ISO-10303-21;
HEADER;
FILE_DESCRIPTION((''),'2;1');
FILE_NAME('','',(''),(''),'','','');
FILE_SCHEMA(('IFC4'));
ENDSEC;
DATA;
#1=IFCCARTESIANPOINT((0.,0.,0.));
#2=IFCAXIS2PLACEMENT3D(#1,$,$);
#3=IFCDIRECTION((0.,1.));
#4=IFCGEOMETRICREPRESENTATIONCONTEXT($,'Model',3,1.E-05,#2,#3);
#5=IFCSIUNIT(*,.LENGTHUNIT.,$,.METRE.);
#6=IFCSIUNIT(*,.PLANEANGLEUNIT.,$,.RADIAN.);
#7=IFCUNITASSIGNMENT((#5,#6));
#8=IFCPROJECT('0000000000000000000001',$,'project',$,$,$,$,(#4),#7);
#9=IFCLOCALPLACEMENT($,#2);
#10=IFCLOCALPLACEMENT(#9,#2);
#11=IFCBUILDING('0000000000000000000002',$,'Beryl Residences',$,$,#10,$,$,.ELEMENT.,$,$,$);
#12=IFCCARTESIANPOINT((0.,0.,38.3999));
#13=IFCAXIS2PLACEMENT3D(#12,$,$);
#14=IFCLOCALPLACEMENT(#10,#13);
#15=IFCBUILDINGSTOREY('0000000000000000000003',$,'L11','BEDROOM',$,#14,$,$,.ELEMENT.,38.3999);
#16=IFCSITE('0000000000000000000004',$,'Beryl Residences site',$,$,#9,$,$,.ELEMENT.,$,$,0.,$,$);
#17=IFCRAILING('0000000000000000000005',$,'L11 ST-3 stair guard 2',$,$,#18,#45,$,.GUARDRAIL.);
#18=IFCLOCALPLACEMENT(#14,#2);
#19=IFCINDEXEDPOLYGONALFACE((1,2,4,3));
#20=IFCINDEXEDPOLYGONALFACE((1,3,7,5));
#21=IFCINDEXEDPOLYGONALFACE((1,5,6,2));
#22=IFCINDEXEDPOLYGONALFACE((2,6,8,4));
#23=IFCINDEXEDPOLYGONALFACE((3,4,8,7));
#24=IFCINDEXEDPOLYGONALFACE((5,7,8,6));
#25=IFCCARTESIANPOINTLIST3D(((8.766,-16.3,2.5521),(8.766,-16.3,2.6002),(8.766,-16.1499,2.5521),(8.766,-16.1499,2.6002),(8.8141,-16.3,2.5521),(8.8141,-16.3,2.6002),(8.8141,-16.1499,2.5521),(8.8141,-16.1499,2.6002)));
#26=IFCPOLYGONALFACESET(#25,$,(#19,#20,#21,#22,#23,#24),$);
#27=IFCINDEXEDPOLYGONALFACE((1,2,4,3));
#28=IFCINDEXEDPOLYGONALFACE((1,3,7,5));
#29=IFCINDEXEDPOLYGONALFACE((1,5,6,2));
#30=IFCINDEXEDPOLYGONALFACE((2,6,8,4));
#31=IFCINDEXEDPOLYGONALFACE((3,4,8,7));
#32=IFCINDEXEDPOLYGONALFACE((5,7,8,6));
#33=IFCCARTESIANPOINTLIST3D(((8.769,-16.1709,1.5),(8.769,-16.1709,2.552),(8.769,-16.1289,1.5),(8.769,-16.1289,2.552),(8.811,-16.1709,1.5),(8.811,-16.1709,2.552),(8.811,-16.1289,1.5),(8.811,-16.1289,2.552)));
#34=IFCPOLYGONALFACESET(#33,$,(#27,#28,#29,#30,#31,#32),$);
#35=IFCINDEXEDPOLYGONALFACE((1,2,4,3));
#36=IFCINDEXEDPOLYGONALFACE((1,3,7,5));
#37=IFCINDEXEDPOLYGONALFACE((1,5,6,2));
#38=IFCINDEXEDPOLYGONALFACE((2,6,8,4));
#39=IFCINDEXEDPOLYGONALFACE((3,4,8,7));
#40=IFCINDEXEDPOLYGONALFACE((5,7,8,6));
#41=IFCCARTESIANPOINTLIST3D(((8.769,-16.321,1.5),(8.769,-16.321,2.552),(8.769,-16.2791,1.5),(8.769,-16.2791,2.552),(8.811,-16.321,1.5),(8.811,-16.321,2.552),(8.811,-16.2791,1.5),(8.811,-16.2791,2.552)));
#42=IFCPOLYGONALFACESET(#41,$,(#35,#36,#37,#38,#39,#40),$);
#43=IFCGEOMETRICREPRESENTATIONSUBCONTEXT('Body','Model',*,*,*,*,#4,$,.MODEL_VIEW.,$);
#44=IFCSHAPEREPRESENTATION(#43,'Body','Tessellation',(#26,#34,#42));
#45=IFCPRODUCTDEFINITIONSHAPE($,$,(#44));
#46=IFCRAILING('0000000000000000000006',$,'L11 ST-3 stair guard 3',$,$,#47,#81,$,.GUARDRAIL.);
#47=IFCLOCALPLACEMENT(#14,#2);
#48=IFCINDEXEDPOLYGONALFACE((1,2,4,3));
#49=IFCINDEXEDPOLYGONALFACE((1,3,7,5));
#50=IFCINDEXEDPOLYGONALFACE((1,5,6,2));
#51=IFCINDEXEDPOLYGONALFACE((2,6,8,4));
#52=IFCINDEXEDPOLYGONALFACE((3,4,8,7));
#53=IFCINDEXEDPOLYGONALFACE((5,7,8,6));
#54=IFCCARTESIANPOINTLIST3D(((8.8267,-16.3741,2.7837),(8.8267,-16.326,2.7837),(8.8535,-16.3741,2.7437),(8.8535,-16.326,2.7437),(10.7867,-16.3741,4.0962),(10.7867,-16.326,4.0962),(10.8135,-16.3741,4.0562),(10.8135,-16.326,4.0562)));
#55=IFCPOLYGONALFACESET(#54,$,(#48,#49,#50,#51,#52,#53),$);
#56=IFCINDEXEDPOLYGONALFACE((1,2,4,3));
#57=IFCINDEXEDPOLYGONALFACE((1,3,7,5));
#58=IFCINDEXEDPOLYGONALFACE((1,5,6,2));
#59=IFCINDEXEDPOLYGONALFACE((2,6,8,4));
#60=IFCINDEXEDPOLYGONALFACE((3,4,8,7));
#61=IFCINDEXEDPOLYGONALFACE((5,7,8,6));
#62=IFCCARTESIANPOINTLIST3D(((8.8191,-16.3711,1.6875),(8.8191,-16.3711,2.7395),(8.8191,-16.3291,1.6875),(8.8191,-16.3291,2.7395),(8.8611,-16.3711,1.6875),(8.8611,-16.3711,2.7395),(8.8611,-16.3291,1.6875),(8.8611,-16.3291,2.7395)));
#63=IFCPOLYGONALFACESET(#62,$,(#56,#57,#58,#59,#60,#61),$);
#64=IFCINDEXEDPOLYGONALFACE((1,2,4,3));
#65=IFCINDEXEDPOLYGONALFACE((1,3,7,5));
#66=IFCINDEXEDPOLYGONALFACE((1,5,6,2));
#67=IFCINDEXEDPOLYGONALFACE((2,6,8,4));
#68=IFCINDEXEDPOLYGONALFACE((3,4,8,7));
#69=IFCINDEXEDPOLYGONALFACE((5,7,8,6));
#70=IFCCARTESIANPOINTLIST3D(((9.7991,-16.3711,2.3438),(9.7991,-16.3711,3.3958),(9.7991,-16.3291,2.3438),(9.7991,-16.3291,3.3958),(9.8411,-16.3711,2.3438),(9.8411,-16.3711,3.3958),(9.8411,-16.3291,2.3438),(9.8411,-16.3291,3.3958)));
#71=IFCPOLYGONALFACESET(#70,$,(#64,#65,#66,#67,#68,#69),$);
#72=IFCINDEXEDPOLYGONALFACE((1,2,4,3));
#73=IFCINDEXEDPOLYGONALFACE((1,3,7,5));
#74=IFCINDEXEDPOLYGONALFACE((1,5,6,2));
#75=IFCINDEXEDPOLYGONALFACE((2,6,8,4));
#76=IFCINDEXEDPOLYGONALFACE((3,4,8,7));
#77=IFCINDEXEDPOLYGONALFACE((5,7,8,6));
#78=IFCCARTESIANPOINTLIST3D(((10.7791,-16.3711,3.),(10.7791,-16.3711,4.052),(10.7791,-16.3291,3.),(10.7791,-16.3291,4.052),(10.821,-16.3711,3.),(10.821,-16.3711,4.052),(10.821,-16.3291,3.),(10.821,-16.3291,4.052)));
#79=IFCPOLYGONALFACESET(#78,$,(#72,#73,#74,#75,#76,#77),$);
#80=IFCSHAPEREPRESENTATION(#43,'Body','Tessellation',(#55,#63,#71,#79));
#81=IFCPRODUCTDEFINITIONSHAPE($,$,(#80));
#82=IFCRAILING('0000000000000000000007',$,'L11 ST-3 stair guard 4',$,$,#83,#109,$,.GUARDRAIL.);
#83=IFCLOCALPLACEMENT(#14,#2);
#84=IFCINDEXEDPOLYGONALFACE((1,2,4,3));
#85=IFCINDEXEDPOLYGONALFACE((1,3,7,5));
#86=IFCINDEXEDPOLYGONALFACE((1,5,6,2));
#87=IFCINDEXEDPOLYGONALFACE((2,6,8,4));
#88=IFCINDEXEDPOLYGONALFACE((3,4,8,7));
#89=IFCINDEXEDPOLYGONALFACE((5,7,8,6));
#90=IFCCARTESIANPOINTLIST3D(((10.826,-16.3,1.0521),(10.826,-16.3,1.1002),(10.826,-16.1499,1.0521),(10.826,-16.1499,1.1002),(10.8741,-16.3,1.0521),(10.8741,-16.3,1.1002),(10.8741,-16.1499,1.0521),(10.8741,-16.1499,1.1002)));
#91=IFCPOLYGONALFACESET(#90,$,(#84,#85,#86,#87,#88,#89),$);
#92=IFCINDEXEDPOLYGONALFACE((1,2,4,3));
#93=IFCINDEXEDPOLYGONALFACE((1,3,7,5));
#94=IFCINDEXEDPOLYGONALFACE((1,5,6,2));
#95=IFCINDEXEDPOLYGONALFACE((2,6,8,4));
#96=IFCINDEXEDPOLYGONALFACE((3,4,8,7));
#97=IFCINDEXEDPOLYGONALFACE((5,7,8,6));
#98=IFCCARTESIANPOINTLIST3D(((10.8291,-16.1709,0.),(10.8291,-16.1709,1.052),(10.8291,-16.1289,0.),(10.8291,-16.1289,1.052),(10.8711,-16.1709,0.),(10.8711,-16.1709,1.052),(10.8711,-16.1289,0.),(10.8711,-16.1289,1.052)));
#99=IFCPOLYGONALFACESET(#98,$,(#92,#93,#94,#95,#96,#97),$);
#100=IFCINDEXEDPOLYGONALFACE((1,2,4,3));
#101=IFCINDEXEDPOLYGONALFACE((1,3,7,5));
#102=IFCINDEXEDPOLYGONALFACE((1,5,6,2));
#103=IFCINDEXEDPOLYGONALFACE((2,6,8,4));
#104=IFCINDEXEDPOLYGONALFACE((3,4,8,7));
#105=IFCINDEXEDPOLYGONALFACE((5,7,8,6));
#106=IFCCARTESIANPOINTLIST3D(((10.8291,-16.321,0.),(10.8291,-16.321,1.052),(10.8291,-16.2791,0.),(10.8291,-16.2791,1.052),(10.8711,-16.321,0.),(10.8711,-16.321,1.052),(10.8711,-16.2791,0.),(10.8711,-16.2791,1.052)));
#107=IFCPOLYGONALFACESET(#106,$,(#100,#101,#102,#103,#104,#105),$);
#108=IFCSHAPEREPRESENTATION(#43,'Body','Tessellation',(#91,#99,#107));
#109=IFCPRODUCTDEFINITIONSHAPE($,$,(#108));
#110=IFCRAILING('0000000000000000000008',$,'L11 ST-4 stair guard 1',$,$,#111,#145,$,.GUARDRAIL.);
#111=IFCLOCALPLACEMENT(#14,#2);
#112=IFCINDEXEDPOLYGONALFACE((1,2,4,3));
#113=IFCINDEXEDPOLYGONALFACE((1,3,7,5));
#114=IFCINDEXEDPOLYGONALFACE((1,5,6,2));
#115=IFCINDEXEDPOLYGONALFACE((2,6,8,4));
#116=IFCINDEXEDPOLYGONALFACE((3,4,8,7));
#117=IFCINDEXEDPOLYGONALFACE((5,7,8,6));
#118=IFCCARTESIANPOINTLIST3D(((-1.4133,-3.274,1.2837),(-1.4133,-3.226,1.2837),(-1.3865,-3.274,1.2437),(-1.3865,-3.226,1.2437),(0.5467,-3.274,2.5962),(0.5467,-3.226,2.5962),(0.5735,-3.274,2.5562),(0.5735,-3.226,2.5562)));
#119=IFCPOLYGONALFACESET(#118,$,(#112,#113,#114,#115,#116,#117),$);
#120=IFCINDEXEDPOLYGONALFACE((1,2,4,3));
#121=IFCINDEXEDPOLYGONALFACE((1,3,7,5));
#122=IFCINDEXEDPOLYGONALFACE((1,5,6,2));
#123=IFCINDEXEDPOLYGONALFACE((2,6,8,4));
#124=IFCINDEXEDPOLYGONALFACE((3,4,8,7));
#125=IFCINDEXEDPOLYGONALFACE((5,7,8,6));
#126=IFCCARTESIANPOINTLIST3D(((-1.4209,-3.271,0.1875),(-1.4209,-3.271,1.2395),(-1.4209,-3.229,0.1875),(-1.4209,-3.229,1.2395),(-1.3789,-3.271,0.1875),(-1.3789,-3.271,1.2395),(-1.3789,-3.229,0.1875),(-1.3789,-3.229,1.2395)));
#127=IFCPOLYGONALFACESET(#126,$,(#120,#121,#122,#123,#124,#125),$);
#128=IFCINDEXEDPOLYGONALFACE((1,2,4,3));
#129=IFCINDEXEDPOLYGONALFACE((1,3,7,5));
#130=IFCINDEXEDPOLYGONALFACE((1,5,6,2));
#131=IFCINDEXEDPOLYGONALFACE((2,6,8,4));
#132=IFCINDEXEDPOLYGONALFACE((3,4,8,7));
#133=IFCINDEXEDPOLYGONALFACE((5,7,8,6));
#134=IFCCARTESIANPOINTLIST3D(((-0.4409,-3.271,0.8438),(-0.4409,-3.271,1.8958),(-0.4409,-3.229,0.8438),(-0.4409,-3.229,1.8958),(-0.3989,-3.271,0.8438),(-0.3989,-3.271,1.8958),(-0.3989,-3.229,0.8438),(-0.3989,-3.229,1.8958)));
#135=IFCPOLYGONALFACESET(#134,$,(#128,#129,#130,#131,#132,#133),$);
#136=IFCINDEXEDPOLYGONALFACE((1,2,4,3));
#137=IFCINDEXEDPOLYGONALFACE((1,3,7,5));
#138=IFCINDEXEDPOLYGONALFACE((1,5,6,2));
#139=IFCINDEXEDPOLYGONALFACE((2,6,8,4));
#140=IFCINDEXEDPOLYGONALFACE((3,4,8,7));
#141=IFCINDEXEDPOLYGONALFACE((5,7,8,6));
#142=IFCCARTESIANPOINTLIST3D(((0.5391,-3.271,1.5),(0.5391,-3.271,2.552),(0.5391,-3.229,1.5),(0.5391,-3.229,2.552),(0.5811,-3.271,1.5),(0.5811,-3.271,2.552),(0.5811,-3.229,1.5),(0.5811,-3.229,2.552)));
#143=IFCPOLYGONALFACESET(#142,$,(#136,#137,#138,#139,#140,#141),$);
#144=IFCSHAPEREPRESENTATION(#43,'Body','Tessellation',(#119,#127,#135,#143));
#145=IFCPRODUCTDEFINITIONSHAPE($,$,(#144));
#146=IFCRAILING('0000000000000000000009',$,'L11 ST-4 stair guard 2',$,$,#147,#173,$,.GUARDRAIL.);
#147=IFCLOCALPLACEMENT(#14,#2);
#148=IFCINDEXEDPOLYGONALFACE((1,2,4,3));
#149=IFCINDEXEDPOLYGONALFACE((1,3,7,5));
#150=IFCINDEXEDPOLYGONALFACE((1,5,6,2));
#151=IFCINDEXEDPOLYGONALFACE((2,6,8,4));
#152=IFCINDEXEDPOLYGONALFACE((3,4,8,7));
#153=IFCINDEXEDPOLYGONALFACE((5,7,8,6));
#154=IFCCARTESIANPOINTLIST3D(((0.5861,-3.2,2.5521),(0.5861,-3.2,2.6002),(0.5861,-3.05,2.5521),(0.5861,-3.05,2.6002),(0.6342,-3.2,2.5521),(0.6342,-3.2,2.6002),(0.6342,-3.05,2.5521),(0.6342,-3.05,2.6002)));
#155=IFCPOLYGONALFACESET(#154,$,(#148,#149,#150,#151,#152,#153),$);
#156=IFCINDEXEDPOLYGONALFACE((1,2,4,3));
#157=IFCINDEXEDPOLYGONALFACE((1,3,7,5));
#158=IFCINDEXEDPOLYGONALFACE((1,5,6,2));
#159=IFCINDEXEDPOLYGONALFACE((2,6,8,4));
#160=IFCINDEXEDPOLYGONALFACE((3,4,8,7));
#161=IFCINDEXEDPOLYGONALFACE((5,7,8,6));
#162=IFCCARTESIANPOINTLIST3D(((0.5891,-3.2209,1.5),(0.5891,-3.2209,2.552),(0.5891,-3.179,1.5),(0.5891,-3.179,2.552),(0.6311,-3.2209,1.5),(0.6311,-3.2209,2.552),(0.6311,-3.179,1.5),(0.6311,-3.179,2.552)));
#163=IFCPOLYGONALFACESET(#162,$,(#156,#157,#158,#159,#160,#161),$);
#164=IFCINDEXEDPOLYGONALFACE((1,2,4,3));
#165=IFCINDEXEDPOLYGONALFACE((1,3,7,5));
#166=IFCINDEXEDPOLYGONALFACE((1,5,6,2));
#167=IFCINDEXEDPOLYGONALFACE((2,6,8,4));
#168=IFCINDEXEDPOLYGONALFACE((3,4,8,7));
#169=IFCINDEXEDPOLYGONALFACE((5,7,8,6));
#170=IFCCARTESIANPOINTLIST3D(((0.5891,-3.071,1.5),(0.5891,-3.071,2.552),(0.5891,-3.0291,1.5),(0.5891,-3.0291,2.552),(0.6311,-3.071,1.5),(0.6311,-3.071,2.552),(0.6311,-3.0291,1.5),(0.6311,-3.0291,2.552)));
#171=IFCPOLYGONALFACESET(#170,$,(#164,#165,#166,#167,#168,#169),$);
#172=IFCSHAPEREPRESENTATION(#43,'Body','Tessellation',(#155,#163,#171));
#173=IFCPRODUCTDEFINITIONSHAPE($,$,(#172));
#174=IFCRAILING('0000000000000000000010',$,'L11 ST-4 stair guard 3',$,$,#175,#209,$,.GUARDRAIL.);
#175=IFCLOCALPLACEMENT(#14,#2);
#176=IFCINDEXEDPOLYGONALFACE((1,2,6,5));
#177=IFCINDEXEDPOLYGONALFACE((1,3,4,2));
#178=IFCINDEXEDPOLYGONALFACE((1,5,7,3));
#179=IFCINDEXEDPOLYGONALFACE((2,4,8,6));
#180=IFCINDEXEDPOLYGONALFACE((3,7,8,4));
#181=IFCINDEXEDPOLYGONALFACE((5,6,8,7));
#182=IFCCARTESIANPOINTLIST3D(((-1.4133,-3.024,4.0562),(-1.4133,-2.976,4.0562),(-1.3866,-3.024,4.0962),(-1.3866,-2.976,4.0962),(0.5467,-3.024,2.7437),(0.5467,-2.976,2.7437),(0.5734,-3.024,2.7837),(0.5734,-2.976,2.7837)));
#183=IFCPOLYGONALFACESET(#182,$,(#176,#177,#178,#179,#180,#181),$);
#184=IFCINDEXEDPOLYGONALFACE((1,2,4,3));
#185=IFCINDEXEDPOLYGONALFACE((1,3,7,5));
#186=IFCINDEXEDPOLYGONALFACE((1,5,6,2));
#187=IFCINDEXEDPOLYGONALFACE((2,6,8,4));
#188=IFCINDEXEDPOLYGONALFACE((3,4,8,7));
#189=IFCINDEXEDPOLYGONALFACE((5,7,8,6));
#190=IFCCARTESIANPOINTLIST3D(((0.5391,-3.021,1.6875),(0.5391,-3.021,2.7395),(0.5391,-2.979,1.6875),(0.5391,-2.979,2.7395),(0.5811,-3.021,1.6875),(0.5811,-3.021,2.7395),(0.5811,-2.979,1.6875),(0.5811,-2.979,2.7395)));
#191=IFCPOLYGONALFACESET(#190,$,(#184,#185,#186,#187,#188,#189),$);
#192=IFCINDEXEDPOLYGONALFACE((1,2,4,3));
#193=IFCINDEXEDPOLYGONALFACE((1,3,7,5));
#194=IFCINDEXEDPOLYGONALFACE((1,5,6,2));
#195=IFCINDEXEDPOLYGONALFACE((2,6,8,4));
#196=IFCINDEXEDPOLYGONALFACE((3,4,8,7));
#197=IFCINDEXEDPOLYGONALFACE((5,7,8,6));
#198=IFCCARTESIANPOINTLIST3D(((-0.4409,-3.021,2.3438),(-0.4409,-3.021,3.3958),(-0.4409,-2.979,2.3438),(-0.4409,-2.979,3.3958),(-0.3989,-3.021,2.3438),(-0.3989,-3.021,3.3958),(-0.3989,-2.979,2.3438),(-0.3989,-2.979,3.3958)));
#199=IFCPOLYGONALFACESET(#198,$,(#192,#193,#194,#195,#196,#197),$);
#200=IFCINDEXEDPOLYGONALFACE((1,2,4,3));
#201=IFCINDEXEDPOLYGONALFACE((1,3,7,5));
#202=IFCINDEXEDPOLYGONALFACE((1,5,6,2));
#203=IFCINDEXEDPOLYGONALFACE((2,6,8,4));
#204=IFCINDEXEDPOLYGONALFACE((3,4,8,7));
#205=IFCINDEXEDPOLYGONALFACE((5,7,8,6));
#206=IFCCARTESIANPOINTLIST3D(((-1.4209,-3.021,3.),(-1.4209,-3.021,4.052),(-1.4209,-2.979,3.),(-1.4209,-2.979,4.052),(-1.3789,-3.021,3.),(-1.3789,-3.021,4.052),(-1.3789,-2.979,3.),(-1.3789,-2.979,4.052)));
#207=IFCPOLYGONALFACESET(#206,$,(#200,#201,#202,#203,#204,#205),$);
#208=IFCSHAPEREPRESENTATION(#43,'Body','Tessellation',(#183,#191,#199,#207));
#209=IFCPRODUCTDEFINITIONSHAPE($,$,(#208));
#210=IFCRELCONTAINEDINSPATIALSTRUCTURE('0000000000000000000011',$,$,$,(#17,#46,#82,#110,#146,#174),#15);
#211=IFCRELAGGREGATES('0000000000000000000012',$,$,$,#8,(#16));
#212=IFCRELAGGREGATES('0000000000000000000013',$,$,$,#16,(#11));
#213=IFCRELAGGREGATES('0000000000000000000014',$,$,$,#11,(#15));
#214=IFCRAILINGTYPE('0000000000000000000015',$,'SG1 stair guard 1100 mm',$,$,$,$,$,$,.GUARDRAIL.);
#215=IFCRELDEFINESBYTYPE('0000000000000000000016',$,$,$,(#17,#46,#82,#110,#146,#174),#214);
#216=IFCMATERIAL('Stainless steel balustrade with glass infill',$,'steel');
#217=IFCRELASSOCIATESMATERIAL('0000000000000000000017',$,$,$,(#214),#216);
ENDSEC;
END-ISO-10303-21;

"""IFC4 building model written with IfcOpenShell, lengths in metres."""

from ifc_helpers import new_model, si_unit, direction, frame, origin, origin_2d, place, context, subcontext, project, spatial, rectangle, extrude, material, type_object, element, save


model = new_model("IFC4")

# Units and contexts
model_context = context("Model", 3, precision=1e-05, world=origin(), true_north=direction((0.0, 1.0)))
body_context = subcontext(model_context, "Body", "Model", "MODEL_VIEW")
ifc_project = project(units=[si_unit("LENGTHUNIT", "METRE"), si_unit("PLANEANGLEUNIT", "RADIAN")], contexts=[model_context])

# Site, building, storey
site_placement = place(None, origin())
site = spatial("IfcSite", under=ifc_project, at=site_placement, Name="Beryl Residences site", CompositionType="ELEMENT", RefElevation=0.0)
building_placement = place(site_placement, origin())
building = spatial("IfcBuilding", under=site, at=building_placement, Name="Beryl Residences", CompositionType="ELEMENT")
storey_placement = place(building_placement, frame((0.0, 0.0, 38.3999)))
storey = spatial("IfcBuildingStorey", under=building, at=storey_placement, Name="L11", Description="BEDROOM", CompositionType="ELEMENT", Elevation=38.3999)

# Railings
ifc_material_1 = material(Name="Stainless steel balustrade with glass infill", Category="steel")
railing_type_1 = type_object("IfcRailingType", Name="SG1 stair guard 1100 mm", PredefinedType="GUARDRAIL", material=ifc_material_1)
railing_1_placement = place(storey_placement, frame((8.79, -16.1499, 1.5)))
element("IfcRailing", 1, at=railing_1_placement, inside=storey, type_object=railing_type_1, Name="L11 ST-3 stair guard 2", PredefinedType="GUARDRAIL", context=body_context, shape_type="SweptSolid", body=[
    extrude(rectangle(XDim=0.0481, YDim=0.0481, at=origin_2d()), frame((0.0, 0.0, 1.0762), z_axis=(0.0, -1.0, 0.0), x_axis=(1.0, 0.0, 0.0)), (0.0, 0.0, 1.0), 0.1501),
    extrude(rectangle(XDim=0.042, YDim=0.042, at=origin_2d()), origin(), (0.0, 0.0, 1.0), 1.052),
    extrude(rectangle(XDim=0.042, YDim=0.042, at=origin_2d()), frame((0.0, -0.1501, 0.0)), (0.0, 0.0, 1.0), 1.052),
])
railing_2_placement = place(storey_placement, frame((8.8401, -16.3501, 1.6875)))
element("IfcRailing", 2, at=railing_2_placement, inside=storey, type_object=railing_type_1, Name="L11 ST-3 stair guard 3", PredefinedType="GUARDRAIL", context=body_context, shape_type="SweptSolid", body=[
    extrude(rectangle(XDim=0.0481, YDim=0.0481, at=origin_2d()), frame((0.0, 0.0, 1.0762), z_axis=(0.830902, 0.0, 0.556419), x_axis=(0.0, 1.0, 0.0)), (0.0, 0.0, 1.0), 2.3589),
    extrude(rectangle(XDim=0.042, YDim=0.042, at=origin_2d()), origin(), (0.0, 0.0, 1.0), 1.052),
    extrude(rectangle(XDim=0.042, YDim=0.042, at=origin_2d()), frame((0.98, 0.0, 0.6562)), (0.0, 0.0, 1.0), 1.052),
    extrude(rectangle(XDim=0.042, YDim=0.042, at=origin_2d()), frame((1.96, 0.0, 1.3125)), (0.0, 0.0, 1.0), 1.052),
])
railing_3_placement = place(storey_placement, frame((10.8501, -16.1499, 0.0)))
element("IfcRailing", 3, at=railing_3_placement, inside=storey, type_object=railing_type_1, Name="L11 ST-3 stair guard 4", PredefinedType="GUARDRAIL", context=body_context, shape_type="SweptSolid", body=[
    extrude(rectangle(XDim=0.0481, YDim=0.0481, at=origin_2d()), frame((0.0, 0.0, 1.0762), z_axis=(0.0, -1.0, 0.0), x_axis=(1.0, 0.0, 0.0)), (0.0, 0.0, 1.0), 0.1501),
    extrude(rectangle(XDim=0.042, YDim=0.042, at=origin_2d()), origin(), (0.0, 0.0, 1.0), 1.052),
    extrude(rectangle(XDim=0.042, YDim=0.042, at=origin_2d()), frame((0.0, -0.1501, 0.0)), (0.0, 0.0, 1.0), 1.052),
])
railing_4_placement = place(storey_placement, frame((-1.3999, -3.25, 0.1875)))
element("IfcRailing", 4, at=railing_4_placement, inside=storey, type_object=railing_type_1, Name="L11 ST-4 stair guard 1", PredefinedType="GUARDRAIL", context=body_context, shape_type="SweptSolid", body=[
    extrude(rectangle(XDim=0.0481, YDim=0.0481, at=origin_2d()), frame((0.0, 0.0, 1.0762), z_axis=(0.830902, 0.0, 0.556419), x_axis=(0.0, 1.0, 0.0)), (0.0, 0.0, 1.0), 2.3589),
    extrude(rectangle(XDim=0.042, YDim=0.042, at=origin_2d()), origin(), (0.0, 0.0, 1.0), 1.052),
    extrude(rectangle(XDim=0.042, YDim=0.042, at=origin_2d()), frame((0.98, 0.0, 0.6562)), (0.0, 0.0, 1.0), 1.052),
    extrude(rectangle(XDim=0.042, YDim=0.042, at=origin_2d()), frame((1.96, 0.0, 1.3125)), (0.0, 0.0, 1.0), 1.052),
])
railing_5_placement = place(storey_placement, frame((0.6101, -3.2, 1.5)))
element("IfcRailing", 5, at=railing_5_placement, inside=storey, type_object=railing_type_1, Name="L11 ST-4 stair guard 2", PredefinedType="GUARDRAIL", context=body_context, shape_type="SweptSolid", body=[
    extrude(rectangle(XDim=0.0481, YDim=0.0481, at=origin_2d()), frame((0.0, 0.0, 1.0762), z_axis=(0.0, 1.0, 0.0), x_axis=(-1.0, 0.0, 0.0)), (0.0, 0.0, 1.0), 0.1499),
    extrude(rectangle(XDim=0.042, YDim=0.042, at=origin_2d()), origin(), (0.0, 0.0, 1.0), 1.052),
    extrude(rectangle(XDim=0.042, YDim=0.042, at=origin_2d()), frame((0.0, 0.1499, 0.0)), (0.0, 0.0, 1.0), 1.052),
])
railing_6_placement = place(storey_placement, frame((0.5601, -3.0, 1.6875)))
element("IfcRailing", 6, at=railing_6_placement, inside=storey, type_object=railing_type_1, Name="L11 ST-4 stair guard 3", PredefinedType="GUARDRAIL", context=body_context, shape_type="SweptSolid", body=[
    extrude(rectangle(XDim=0.0481, YDim=0.0481, at=origin_2d()), frame((0.0, 0.0, 1.0762), z_axis=(-0.830902, 0.0, 0.556419), x_axis=(0.0, -1.0, 0.0)), (0.0, 0.0, 1.0), 2.3589),
    extrude(rectangle(XDim=0.042, YDim=0.042, at=origin_2d()), origin(), (0.0, 0.0, 1.0), 1.052),
    extrude(rectangle(XDim=0.042, YDim=0.042, at=origin_2d()), frame((-0.98, 0.0, 0.6562)), (0.0, 0.0, 1.0), 1.052),
    extrude(rectangle(XDim=0.042, YDim=0.042, at=origin_2d()), frame((-1.96, 0.0, 1.3125)), (0.0, 0.0, 1.0), 1.052),
])

save(model, "model.ifc")
